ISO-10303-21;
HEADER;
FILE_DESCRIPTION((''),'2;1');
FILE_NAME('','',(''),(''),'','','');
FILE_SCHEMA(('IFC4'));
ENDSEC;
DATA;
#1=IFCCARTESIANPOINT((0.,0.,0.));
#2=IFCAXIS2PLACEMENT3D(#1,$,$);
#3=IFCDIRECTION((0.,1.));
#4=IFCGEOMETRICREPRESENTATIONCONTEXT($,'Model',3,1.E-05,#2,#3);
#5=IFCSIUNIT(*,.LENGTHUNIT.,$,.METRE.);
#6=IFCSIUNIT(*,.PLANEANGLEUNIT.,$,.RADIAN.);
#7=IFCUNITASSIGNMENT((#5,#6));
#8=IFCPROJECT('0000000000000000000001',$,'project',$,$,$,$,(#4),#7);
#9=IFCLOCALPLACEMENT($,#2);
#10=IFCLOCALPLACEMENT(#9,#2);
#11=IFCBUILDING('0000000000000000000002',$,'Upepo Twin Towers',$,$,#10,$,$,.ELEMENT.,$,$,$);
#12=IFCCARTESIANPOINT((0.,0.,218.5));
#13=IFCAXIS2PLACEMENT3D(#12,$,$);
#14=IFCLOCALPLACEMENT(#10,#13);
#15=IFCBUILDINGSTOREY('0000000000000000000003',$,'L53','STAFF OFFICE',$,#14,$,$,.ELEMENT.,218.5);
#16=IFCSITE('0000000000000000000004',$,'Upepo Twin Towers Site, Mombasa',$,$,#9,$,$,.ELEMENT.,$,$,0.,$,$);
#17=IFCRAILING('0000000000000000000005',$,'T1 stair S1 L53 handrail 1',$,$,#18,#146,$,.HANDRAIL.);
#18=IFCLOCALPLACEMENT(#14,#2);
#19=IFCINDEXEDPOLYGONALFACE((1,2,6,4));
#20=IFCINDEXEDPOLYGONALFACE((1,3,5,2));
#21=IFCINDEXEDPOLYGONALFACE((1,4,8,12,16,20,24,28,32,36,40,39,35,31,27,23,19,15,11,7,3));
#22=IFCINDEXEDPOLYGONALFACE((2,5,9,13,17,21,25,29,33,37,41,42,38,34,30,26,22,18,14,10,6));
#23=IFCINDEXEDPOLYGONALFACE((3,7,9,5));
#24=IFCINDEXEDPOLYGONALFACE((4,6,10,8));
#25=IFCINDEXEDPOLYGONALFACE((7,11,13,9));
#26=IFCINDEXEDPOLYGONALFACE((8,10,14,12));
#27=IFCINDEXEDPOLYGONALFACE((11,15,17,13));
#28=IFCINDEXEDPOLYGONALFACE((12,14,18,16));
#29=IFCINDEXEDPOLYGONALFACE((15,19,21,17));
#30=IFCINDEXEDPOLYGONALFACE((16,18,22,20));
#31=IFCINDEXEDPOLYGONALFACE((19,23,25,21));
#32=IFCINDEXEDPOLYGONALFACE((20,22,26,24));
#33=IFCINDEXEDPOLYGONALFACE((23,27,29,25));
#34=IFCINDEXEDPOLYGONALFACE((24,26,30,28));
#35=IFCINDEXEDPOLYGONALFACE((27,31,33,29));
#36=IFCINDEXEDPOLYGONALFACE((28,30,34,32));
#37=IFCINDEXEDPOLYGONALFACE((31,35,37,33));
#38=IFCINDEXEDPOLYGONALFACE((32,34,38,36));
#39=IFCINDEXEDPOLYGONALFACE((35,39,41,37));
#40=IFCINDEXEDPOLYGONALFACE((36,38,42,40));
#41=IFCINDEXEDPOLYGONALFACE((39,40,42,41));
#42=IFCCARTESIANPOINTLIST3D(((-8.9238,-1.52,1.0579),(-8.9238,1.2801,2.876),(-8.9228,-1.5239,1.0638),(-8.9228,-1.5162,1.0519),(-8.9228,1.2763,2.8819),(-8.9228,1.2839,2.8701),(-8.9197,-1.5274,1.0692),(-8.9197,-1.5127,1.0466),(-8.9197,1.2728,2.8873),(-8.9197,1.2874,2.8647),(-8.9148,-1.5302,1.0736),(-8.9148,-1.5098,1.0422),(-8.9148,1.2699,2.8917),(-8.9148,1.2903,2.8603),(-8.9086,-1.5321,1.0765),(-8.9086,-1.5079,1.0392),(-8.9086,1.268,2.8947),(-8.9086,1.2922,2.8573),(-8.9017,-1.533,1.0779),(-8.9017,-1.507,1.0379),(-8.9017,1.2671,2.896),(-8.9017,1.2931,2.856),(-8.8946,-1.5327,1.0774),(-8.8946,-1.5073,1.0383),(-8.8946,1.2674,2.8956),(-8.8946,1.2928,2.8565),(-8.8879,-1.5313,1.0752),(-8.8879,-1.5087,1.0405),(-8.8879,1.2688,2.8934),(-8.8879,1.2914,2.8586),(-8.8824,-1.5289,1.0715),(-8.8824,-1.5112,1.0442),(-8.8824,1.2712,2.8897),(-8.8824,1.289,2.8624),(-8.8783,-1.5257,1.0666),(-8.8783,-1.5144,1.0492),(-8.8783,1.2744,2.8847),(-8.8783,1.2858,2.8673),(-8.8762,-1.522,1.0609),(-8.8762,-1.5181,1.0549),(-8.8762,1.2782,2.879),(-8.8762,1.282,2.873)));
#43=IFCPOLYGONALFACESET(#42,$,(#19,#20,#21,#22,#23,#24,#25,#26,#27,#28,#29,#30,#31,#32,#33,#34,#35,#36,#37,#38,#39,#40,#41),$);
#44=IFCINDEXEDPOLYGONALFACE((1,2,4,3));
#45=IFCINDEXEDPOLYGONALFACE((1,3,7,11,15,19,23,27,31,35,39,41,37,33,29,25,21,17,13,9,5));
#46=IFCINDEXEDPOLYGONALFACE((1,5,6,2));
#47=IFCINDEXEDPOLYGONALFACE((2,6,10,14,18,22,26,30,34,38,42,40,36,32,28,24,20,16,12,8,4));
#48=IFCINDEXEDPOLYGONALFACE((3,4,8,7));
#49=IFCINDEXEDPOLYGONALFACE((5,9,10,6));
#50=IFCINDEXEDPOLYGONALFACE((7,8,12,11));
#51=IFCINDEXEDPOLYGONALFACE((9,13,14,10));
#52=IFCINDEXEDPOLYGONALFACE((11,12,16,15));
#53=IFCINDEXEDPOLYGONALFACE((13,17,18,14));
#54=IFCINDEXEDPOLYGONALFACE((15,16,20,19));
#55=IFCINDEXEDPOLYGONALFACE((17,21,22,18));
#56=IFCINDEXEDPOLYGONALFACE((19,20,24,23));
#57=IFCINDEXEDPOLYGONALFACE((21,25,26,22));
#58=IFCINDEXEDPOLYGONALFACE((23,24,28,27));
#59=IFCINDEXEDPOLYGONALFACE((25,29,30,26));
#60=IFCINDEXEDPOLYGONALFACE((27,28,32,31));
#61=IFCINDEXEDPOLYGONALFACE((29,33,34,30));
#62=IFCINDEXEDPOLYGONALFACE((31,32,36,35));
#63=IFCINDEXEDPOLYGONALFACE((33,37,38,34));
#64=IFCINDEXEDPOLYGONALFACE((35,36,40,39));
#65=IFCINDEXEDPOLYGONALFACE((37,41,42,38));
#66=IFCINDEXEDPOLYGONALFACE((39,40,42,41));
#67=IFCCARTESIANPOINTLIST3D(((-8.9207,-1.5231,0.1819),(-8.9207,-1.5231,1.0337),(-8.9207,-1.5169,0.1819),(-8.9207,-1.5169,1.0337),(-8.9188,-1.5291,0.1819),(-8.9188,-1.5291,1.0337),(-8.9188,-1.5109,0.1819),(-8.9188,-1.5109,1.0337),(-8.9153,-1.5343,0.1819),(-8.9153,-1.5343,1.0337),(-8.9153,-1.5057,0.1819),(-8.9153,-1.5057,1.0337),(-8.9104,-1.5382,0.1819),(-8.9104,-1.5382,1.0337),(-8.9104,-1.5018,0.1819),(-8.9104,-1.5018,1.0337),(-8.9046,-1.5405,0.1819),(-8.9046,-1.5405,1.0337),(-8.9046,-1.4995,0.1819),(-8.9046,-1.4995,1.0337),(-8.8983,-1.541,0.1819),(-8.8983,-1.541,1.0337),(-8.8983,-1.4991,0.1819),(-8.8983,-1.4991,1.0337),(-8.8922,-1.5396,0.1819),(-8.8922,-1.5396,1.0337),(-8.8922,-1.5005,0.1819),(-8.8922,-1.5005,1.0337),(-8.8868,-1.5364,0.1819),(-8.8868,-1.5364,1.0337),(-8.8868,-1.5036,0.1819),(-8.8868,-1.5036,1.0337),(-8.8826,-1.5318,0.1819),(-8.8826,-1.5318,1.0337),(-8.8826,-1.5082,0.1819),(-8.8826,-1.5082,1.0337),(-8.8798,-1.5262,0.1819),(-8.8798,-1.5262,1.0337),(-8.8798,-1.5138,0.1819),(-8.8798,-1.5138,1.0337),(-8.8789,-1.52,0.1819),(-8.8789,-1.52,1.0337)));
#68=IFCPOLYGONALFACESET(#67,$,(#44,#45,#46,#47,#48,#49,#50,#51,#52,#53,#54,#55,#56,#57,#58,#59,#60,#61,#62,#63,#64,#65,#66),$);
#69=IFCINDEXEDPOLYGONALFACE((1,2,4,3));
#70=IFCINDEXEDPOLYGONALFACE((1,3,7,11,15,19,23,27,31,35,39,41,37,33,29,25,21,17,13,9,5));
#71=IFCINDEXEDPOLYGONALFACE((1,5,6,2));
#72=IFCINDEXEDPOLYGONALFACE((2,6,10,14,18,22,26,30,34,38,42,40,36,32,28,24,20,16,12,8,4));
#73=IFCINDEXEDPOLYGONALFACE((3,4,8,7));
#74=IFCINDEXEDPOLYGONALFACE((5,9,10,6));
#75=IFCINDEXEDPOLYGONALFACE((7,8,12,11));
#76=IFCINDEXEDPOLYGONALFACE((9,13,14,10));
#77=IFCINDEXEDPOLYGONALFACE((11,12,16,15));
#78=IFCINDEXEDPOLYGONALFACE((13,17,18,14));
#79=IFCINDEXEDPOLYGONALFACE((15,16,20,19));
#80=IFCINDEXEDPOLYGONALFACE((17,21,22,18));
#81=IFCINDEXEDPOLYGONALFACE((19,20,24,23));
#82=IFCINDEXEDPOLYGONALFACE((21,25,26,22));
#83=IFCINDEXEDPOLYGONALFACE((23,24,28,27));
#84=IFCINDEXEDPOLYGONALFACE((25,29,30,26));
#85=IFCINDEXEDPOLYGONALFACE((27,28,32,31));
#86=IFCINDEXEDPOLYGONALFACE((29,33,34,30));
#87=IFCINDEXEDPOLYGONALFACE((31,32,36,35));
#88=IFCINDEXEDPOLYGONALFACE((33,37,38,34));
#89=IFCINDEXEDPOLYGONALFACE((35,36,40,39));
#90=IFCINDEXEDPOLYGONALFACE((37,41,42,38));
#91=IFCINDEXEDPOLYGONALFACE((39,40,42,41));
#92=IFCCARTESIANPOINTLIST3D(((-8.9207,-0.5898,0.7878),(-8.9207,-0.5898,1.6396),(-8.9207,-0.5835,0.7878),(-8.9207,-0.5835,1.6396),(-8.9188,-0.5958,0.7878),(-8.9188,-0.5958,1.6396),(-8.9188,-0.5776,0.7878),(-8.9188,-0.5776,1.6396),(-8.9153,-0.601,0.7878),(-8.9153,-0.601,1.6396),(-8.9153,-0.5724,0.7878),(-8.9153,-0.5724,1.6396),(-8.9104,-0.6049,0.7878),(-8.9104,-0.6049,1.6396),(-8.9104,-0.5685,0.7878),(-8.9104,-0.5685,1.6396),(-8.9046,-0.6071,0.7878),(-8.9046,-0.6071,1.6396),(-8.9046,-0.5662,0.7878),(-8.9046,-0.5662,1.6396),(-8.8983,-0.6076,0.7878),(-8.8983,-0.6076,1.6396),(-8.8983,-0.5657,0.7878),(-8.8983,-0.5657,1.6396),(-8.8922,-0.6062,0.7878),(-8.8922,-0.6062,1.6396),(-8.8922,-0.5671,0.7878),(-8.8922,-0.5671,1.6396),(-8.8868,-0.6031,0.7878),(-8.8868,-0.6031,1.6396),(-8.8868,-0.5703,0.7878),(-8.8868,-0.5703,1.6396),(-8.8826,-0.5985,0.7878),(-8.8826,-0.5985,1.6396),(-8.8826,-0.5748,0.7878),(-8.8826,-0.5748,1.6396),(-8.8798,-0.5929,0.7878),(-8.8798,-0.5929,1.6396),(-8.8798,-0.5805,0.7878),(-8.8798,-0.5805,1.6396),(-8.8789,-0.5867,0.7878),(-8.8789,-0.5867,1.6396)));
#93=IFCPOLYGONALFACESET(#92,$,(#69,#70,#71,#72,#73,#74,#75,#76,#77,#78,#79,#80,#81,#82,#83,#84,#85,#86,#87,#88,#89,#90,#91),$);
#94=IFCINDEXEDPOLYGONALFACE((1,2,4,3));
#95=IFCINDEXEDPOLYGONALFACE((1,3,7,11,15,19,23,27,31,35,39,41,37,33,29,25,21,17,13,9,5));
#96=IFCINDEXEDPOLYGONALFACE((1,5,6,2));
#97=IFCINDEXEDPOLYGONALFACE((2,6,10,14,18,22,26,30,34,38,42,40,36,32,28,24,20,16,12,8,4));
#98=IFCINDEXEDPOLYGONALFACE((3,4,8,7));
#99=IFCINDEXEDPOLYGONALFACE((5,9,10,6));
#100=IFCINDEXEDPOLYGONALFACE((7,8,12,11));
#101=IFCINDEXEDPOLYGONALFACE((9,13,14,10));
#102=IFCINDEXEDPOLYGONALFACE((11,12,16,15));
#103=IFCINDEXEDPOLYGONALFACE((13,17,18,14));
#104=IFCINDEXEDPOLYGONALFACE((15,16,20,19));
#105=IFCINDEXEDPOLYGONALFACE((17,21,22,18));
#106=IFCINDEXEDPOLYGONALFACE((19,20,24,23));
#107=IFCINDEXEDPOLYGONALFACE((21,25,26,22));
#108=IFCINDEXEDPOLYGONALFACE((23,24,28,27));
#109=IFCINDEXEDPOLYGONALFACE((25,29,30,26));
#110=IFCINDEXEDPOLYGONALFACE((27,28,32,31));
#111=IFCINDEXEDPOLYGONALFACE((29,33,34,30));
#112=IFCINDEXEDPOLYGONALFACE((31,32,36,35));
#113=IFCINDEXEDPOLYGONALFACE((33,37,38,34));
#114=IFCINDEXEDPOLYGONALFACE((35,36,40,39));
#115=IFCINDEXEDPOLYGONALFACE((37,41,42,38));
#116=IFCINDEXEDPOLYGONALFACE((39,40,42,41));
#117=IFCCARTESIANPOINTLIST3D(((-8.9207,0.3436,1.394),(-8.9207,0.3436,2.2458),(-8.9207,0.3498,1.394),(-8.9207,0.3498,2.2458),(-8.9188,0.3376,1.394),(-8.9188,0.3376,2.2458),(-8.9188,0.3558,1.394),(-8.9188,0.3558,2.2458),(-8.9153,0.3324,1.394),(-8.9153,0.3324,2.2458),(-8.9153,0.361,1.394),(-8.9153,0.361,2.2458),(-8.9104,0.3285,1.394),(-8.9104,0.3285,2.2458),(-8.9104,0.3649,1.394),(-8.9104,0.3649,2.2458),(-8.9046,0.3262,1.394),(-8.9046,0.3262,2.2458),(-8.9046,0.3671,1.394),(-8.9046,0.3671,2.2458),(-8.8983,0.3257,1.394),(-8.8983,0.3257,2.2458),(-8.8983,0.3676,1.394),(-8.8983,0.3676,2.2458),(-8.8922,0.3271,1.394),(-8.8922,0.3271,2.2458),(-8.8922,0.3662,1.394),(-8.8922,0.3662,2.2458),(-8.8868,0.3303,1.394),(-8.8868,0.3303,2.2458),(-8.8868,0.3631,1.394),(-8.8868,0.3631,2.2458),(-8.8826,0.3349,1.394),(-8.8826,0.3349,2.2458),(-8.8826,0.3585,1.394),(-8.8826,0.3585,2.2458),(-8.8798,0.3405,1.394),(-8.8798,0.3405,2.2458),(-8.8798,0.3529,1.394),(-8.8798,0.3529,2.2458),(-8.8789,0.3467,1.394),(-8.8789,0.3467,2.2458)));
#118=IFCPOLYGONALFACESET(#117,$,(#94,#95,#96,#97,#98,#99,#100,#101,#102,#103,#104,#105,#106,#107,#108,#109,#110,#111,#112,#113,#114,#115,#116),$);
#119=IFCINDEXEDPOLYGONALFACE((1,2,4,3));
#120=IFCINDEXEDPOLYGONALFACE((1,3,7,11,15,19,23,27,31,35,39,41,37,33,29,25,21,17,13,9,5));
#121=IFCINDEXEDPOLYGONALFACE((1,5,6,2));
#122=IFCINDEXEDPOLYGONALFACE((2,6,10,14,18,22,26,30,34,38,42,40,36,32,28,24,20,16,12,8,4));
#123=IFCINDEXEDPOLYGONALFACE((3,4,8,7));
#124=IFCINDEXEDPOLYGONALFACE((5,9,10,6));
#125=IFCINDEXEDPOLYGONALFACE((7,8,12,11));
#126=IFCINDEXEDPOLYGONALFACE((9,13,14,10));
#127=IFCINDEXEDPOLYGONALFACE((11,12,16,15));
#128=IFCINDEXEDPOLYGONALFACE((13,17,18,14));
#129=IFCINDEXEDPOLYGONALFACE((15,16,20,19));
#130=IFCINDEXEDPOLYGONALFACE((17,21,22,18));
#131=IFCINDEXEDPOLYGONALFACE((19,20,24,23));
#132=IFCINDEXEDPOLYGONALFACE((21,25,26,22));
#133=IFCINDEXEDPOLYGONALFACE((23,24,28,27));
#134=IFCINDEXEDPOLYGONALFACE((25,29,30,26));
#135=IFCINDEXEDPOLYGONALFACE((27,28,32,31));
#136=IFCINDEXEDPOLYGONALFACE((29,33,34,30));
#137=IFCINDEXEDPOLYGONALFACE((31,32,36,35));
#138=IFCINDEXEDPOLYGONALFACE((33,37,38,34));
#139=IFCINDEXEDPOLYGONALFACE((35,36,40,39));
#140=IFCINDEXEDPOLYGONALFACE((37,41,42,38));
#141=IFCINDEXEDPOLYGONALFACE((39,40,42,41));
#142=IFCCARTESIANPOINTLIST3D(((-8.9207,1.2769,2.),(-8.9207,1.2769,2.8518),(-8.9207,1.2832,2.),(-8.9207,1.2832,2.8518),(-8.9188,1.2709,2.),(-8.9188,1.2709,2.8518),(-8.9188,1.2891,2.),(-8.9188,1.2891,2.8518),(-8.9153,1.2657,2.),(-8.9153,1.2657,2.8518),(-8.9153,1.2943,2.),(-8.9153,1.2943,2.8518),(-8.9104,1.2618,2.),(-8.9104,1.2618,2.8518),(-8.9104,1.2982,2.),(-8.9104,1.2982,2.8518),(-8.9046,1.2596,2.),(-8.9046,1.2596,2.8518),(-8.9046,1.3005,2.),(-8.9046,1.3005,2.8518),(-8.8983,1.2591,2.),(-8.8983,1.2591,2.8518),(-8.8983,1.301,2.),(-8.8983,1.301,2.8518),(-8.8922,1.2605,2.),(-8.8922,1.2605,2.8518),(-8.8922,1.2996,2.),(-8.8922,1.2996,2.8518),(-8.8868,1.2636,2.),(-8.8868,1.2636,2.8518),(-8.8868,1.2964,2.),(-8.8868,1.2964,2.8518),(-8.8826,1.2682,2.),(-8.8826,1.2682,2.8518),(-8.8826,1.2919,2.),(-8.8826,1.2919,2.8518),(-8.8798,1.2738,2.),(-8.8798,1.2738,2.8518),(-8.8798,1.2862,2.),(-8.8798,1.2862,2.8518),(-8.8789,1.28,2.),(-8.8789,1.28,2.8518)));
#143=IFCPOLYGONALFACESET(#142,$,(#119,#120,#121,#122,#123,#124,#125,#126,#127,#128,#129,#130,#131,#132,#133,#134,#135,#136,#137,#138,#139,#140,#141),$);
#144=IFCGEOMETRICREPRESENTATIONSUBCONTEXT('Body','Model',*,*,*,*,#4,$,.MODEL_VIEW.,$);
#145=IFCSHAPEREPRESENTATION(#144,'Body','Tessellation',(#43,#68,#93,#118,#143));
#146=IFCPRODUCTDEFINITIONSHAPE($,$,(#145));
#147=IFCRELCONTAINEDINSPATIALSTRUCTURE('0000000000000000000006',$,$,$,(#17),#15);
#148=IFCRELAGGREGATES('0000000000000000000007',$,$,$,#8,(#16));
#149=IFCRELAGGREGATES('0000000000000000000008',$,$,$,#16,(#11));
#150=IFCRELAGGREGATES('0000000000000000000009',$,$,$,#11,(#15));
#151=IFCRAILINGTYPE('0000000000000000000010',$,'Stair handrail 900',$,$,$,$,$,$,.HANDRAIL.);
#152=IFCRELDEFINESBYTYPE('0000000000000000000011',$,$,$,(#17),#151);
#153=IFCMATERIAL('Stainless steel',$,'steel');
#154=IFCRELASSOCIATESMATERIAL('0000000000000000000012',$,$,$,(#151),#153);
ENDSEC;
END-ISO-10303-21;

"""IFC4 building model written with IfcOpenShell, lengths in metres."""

from ifc_helpers import new_model, si_unit, direction, frame, origin, origin_2d, place, context, subcontext, project, spatial, circle, extrude, material, type_object, element, save


model = new_model("IFC4")

# Units and contexts
model_context = context("Model", 3, precision=1e-05, world=origin(), true_north=direction((0.0, 1.0)))
body_context = subcontext(model_context, "Body", "Model", "MODEL_VIEW")
ifc_project = project(units=[si_unit("LENGTHUNIT", "METRE"), si_unit("PLANEANGLEUNIT", "RADIAN")], contexts=[model_context])

# Site, building, storey
site_placement = place(None, origin())
site = spatial("IfcSite", under=ifc_project, at=site_placement, Name="Upepo Twin Towers Site, Mombasa", CompositionType="ELEMENT", RefElevation=0.0)
building_placement = place(site_placement, origin())
building = spatial("IfcBuilding", under=site, at=building_placement, Name="Upepo Twin Towers", CompositionType="ELEMENT")
storey_placement = place(building_placement, frame((0.0, 0.0, 218.5)))
storey = spatial("IfcBuildingStorey", under=building, at=storey_placement, Name="L53", Description="STAFF OFFICE", CompositionType="ELEMENT", Elevation=218.5)

# Railing
ifc_material_1 = material(Name="Stainless steel", Category="steel")
railing_type = type_object("IfcRailingType", Name="Stair handrail 900", PredefinedType="HANDRAIL", material=ifc_material_1)
railing_placement = place(storey_placement, frame((-8.8999, -1.52, 0.1819)))
element("IfcRailing", 1, at=railing_placement, inside=storey, type_object=railing_type, Name="T1 stair S1 L53 handrail 1", PredefinedType="HANDRAIL", context=body_context, shape_type="SweptSolid", body=[
    extrude(circle(Radius=0.0239, at=origin_2d()), frame((0.0, 0.0, 0.876), z_axis=(0.0, 0.838706, 0.544585), x_axis=(-1.0, 0.0, 0.0)), (0.0, 0.0, 1.0), 3.3386),
    extrude(circle(Radius=0.021, at=origin_2d()), origin(), (0.0, 0.0, 1.0), 0.8518),
    extrude(circle(Radius=0.021, at=origin_2d()), frame((0.0, 0.9333, 0.606)), (0.0, 0.0, 1.0), 0.8518),
    extrude(circle(Radius=0.021, at=origin_2d()), frame((0.0, 1.8667, 1.2122)), (0.0, 0.0, 1.0), 0.8518),
    extrude(circle(Radius=0.021, at=origin_2d()), frame((0.0, 2.8, 1.8181)), (0.0, 0.0, 1.0), 0.8518),
])

save(model, "model.ifc")
